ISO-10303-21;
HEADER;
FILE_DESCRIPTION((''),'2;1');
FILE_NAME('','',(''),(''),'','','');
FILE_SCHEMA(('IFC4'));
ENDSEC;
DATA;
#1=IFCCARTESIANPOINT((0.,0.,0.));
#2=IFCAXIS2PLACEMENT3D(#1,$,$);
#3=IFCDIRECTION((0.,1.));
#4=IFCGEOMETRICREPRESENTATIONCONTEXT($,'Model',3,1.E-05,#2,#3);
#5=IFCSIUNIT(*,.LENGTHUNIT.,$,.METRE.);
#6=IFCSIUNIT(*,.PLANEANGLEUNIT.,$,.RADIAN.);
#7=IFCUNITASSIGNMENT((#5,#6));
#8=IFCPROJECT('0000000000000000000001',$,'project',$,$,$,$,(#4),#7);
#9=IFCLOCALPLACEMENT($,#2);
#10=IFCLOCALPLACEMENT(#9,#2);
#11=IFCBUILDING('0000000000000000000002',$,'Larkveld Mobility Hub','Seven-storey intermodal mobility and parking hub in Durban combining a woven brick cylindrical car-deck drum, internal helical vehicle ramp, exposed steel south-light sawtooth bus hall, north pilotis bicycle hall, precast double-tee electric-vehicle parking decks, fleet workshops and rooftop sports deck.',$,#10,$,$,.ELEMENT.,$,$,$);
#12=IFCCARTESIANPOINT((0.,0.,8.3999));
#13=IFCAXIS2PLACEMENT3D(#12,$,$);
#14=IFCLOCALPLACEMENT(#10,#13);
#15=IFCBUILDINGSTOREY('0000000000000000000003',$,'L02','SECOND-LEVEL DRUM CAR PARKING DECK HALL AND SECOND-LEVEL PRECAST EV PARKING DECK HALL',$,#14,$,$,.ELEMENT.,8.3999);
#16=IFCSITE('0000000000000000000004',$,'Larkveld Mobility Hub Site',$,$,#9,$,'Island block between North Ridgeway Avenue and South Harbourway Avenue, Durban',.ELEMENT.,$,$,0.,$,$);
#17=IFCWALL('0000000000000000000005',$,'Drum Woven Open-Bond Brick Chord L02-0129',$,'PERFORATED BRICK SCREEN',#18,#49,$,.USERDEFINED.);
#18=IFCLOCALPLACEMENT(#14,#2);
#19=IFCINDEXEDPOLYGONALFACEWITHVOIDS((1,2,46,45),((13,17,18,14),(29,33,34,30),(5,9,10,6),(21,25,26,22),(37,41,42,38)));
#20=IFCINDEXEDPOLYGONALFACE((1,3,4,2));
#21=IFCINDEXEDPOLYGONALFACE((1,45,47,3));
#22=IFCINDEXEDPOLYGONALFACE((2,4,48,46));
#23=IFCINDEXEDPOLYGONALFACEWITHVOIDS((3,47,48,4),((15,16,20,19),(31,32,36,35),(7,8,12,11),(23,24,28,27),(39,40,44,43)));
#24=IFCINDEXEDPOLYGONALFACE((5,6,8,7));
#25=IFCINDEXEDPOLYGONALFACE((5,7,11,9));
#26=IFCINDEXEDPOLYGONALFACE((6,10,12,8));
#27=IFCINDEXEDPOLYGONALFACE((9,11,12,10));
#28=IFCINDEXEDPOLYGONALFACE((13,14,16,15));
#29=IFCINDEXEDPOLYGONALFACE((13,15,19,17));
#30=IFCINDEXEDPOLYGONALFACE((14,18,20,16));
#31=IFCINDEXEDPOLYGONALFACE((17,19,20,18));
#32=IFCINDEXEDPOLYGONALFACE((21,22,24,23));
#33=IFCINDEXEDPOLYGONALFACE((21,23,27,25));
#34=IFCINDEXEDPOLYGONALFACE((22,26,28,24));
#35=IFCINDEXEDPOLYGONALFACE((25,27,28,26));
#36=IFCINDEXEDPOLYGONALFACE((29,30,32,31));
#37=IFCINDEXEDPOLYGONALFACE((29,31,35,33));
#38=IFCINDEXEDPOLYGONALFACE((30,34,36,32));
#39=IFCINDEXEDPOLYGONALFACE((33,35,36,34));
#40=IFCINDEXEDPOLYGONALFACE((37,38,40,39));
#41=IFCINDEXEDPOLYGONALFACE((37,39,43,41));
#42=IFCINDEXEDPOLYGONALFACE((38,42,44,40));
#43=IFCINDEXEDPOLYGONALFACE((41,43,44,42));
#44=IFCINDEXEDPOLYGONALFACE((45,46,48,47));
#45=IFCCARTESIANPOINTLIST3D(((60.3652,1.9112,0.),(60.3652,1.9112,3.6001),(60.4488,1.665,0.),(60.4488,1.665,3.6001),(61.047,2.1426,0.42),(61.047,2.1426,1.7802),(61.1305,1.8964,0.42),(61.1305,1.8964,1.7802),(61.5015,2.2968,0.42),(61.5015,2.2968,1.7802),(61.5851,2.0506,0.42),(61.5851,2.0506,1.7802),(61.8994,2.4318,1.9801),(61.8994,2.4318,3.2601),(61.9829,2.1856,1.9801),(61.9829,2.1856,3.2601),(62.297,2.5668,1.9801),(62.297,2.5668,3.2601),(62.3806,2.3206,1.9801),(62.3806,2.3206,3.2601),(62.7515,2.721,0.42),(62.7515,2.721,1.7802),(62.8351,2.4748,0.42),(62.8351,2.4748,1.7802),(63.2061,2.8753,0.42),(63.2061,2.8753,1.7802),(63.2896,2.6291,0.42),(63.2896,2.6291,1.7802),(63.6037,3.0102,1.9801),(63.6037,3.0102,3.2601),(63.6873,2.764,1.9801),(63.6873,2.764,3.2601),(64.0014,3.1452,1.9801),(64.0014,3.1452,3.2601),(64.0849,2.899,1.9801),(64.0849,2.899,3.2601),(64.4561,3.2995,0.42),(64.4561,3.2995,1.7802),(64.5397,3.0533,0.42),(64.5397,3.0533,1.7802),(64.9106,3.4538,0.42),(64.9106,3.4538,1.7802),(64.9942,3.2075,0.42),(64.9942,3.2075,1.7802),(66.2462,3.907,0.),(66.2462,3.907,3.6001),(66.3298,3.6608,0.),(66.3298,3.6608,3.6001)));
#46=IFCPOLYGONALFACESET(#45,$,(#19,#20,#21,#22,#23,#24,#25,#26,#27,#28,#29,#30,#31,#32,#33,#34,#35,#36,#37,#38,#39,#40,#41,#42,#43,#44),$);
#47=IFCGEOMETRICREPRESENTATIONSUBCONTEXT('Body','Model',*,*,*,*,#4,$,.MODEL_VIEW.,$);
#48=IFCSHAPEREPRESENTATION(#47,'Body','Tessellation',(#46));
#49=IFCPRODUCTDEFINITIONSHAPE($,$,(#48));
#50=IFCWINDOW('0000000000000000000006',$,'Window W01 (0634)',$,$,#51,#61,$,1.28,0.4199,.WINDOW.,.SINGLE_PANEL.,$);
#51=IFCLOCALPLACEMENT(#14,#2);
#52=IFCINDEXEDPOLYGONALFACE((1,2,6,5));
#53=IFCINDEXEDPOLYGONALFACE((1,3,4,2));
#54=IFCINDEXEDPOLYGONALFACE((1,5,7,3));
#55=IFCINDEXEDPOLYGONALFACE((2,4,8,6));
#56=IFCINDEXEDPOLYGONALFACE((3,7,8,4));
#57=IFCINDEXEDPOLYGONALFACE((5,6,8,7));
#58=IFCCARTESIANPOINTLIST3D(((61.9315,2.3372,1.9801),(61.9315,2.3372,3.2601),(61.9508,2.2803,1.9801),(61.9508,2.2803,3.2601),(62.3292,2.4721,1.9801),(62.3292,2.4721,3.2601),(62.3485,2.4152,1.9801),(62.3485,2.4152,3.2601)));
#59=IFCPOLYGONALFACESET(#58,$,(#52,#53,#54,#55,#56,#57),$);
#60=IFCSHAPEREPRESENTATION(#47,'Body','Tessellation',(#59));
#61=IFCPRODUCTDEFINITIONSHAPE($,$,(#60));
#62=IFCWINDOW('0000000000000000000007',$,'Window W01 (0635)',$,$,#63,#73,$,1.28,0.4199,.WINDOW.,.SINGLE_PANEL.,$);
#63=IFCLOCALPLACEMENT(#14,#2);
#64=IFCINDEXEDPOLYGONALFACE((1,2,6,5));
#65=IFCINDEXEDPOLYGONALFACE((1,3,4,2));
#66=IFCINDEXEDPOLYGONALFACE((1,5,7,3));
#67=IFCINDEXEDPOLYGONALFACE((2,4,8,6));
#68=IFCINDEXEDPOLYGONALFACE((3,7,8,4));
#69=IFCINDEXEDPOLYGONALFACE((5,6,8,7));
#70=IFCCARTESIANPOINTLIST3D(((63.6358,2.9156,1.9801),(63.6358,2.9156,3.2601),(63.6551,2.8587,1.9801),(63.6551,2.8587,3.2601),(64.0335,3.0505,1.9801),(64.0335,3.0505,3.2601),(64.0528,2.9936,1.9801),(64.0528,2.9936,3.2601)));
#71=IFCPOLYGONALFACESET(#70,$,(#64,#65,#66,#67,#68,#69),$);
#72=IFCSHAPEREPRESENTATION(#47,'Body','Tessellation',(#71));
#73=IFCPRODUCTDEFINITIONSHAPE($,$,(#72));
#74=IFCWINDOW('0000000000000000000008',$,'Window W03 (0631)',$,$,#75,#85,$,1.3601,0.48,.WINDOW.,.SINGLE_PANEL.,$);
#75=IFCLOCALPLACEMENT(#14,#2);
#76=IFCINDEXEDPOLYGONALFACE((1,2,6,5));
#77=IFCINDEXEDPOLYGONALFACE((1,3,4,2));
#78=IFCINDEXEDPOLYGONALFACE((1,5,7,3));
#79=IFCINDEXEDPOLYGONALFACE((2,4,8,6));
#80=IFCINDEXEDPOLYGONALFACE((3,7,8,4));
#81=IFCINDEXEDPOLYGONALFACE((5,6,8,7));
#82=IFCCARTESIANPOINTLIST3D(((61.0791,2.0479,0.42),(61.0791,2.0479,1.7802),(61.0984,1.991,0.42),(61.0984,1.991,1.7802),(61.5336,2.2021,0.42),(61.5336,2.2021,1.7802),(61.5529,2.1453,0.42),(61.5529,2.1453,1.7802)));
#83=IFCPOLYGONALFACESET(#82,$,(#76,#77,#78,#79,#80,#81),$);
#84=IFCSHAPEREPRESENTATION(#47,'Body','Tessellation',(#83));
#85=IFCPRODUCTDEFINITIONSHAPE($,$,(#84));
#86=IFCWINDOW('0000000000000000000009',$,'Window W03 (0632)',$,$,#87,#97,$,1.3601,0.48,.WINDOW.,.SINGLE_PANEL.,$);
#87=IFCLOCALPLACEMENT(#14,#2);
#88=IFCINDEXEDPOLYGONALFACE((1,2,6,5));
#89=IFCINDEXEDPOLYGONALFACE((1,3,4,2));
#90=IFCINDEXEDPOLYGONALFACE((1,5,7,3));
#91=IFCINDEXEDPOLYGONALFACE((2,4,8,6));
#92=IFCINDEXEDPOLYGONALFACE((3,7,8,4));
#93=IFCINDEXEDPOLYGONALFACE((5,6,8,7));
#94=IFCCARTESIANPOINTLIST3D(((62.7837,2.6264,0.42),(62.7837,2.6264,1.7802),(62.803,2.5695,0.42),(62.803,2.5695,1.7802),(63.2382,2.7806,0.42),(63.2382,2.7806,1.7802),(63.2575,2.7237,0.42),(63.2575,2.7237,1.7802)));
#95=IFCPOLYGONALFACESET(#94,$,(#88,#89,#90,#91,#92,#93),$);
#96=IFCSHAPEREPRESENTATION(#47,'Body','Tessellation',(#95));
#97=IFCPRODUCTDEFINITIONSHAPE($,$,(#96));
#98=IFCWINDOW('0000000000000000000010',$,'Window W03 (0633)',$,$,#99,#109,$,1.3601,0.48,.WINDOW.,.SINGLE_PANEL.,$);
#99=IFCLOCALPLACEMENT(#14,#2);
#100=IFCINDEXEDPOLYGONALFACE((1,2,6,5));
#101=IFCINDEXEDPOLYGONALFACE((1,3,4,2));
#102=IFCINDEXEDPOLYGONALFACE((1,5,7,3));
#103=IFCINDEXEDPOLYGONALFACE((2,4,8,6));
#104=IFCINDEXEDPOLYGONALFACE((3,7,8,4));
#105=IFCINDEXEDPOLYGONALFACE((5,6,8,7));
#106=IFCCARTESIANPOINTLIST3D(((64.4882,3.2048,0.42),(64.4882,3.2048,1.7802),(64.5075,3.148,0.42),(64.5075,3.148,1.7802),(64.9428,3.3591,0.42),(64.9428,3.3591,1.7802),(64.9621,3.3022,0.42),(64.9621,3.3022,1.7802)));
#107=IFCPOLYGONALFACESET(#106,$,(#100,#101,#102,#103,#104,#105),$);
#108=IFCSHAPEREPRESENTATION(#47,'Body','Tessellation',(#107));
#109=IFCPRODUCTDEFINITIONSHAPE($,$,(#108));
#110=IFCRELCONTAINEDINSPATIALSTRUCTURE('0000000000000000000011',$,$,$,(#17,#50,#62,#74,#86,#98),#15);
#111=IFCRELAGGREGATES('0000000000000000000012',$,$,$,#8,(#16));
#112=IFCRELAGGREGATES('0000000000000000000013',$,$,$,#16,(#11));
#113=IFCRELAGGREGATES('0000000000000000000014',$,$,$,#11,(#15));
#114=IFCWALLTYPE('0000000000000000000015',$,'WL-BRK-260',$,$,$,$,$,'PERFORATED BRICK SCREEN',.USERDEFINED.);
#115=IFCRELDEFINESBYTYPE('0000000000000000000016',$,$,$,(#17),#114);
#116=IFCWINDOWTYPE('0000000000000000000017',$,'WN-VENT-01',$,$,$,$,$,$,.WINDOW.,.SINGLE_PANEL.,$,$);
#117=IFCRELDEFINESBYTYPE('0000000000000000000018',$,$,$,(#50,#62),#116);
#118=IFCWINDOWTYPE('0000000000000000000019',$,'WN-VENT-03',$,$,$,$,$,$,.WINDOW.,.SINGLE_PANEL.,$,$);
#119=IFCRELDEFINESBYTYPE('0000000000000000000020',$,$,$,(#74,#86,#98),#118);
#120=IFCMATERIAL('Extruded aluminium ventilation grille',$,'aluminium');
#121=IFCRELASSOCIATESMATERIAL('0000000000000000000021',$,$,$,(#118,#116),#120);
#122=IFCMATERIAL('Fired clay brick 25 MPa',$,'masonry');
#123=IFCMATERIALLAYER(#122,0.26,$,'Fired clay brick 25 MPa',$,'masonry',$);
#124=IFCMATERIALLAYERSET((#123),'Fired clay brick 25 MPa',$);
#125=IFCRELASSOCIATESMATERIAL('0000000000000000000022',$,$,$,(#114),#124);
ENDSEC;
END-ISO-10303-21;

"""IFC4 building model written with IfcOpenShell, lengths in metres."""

from ifc_helpers import new_model, si_unit, direction, frame, frame_2d, origin, place, context, subcontext, project, spatial, rectangle, extrude, material, layer, layer_set, type_object, element, fill, save


model = new_model("IFC4")

# Units and contexts
model_context = context("Model", 3, precision=1e-05, world=origin(), true_north=direction((0.0, 1.0)))
body_context = subcontext(model_context, "Body", "Model", "MODEL_VIEW")
ifc_project = project(units=[si_unit("LENGTHUNIT", "METRE"), si_unit("PLANEANGLEUNIT", "RADIAN")], contexts=[model_context])

# Site, building, storey
site_placement = place(None, origin())
site = spatial("IfcSite", under=ifc_project, at=site_placement, Name="Larkveld Mobility Hub Site", LongName="Island block between North Ridgeway Avenue and South Harbourway Avenue, Durban", CompositionType="ELEMENT", RefElevation=0.0)
building_placement = place(site_placement, origin())
building = spatial("IfcBuilding", under=site, at=building_placement, Name="Larkveld Mobility Hub", Description="Seven-storey intermodal mobility and parking hub in Durban combining a woven brick cylindrical car-deck drum, internal helical vehicle ramp, exposed steel south-light sawtooth bus hall, north pilotis bicycle hall, precast double-tee electric-vehicle parking decks, fleet workshops and rooftop sports deck.", CompositionType="ELEMENT")
storey_placement = place(building_placement, frame((0.0, 0.0, 8.3999)))
storey = spatial("IfcBuildingStorey", under=building, at=storey_placement, Name="L02", Description="SECOND-LEVEL DRUM CAR PARKING DECK HALL AND SECOND-LEVEL PRECAST EV PARKING DECK HALL", CompositionType="ELEMENT", Elevation=8.3999)

# Wall, openings, windows
ifc_material_1 = material(Name="Fired clay brick 25 MPa", Category="masonry")
ifc_material_2 = material(Name="Extruded aluminium ventilation grille", Category="aluminium")
window_type_1 = type_object("IfcWindowType", Name="WN-VENT-03", PartitioningType="SINGLE_PANEL", PredefinedType="WINDOW", material=ifc_material_2)
ifc_layer_1 = layer(ifc_material_1, 0.26, Name="Fired clay brick 25 MPa", Category="masonry")
ifc_layer_set_1 = layer_set([ifc_layer_1], Name="Fired clay brick 25 MPa")
wall_type_1 = type_object("IfcWallType", Name="WL-BRK-260", ElementType="PERFORATED BRICK SCREEN", PredefinedType="USERDEFINED", material=ifc_layer_set_1)
wall_1_placement = place(storey_placement, frame((60.407, 1.7881, 0.0), z_axis=(0.0, 0.0, 1.0), x_axis=(0.946955, 0.321365, 0.0)))
wall_1 = element("IfcWall", 1, at=wall_1_placement, inside=storey, type_object=wall_type_1, Name="Drum Woven Open-Bond Brick Chord L02-0129", ObjectType="PERFORATED BRICK SCREEN", PredefinedType="USERDEFINED", context=body_context, shape_type="SweptSolid", body=[
    extrude(rectangle(XDim=6.2104, YDim=0.26, at=frame_2d((3.1052, 0.0))), origin(), (0.0, 0.0, 1.0), 3.6001),
])
opening_1_placement = place(wall_1_placement, frame((0.72, 0.0, 0.4199)))
opening_1 = element("IfcOpeningElement", 2, at=opening_1_placement, cuts=wall_1, PredefinedType="OPENING", context=body_context, shape_type="SweptSolid", body=[
    extrude(rectangle(XDim=0.48, YDim=1.3601, at=frame_2d((0.24, 0.6802))), frame((0.0, 0.1401, 0.0), z_axis=(0.0, -1.0, 0.0), x_axis=(1.0, 0.0, 0.0)), (0.0, 0.0, 1.0), 0.28),
])
opening_2_placement = place(wall_1_placement, frame((2.52, 0.0, 0.4199)))
opening_2 = element("IfcOpeningElement", 3, at=opening_2_placement, cuts=wall_1, PredefinedType="OPENING", context=body_context, shape_type="SweptSolid", body=[
    extrude(rectangle(XDim=0.48, YDim=1.3601, at=frame_2d((0.24, 0.6802))), frame((0.0, 0.1401, 0.0), z_axis=(0.0, -1.0, 0.0), x_axis=(1.0, 0.0, 0.0)), (0.0, 0.0, 1.0), 0.28),
])
opening_3_placement = place(wall_1_placement, frame((4.3201, 0.0, 0.4199)))
opening_3 = element("IfcOpeningElement", 4, at=opening_3_placement, cuts=wall_1, PredefinedType="OPENING", context=body_context, shape_type="SweptSolid", body=[
    extrude(rectangle(XDim=0.48, YDim=1.3601, at=frame_2d((0.24, 0.6802))), frame((0.0, 0.1401, 0.0), z_axis=(0.0, -1.0, 0.0), x_axis=(1.0, 0.0, 0.0)), (0.0, 0.0, 1.0), 0.28),
])
opening_4_placement = place(wall_1_placement, frame((1.6201, 0.0, 1.98)))
opening_4 = element("IfcOpeningElement", 5, at=opening_4_placement, cuts=wall_1, PredefinedType="OPENING", context=body_context, shape_type="SweptSolid", body=[
    extrude(rectangle(XDim=0.4199, YDim=1.28, at=frame_2d((0.21, 0.6401))), frame((0.0, 0.1401, 0.0), z_axis=(0.0, -1.0, 0.0), x_axis=(1.0, 0.0, 0.0)), (0.0, 0.0, 1.0), 0.28),
])
opening_5_placement = place(wall_1_placement, frame((3.4199, 0.0, 1.98)))
opening_5 = element("IfcOpeningElement", 6, at=opening_5_placement, cuts=wall_1, PredefinedType="OPENING", context=body_context, shape_type="SweptSolid", body=[
    extrude(rectangle(XDim=0.4199, YDim=1.28, at=frame_2d((0.21, 0.6401))), frame((0.0, 0.1401, 0.0), z_axis=(0.0, -1.0, 0.0), x_axis=(1.0, 0.0, 0.0)), (0.0, 0.0, 1.0), 0.28),
])
window_type_2 = type_object("IfcWindowType", Name="WN-VENT-01", PartitioningType="SINGLE_PANEL", PredefinedType="WINDOW", material=ifc_material_2)
window_1_placement = place(opening_4_placement, origin())
window_1 = element("IfcWindow", 7, at=window_1_placement, inside=storey, type_object=window_type_2, Name="Window W01 (0634)", OverallHeight=1.28, OverallWidth=0.4199, PartitioningType="SINGLE_PANEL", PredefinedType="WINDOW", context=body_context, shape_type="SweptSolid", body=[
    extrude(rectangle(XDim=0.4199, YDim=1.28, at=frame_2d((0.21, 0.6401))), frame((0.0, 0.03, 0.0), z_axis=(0.0, -1.0, 0.0), x_axis=(1.0, 0.0, 0.0)), (0.0, 0.0, 1.0), 0.0601),
])
fill(opening_4, window_1)
window_2_placement = place(opening_5_placement, origin())
window_2 = element("IfcWindow", 8, at=window_2_placement, inside=storey, type_object=window_type_2, Name="Window W01 (0635)", OverallHeight=1.28, OverallWidth=0.4199, PartitioningType="SINGLE_PANEL", PredefinedType="WINDOW", context=body_context, shape_type="SweptSolid", body=[
    extrude(rectangle(XDim=0.4199, YDim=1.28, at=frame_2d((0.21, 0.6401))), frame((0.0, 0.03, 0.0), z_axis=(0.0, -1.0, 0.0), x_axis=(1.0, 0.0, 0.0)), (0.0, 0.0, 1.0), 0.0601),
])
fill(opening_5, window_2)
window_3_placement = place(opening_1_placement, origin())
window_3 = element("IfcWindow", 9, at=window_3_placement, inside=storey, type_object=window_type_1, Name="Window W03 (0631)", OverallHeight=1.3601, OverallWidth=0.48, PartitioningType="SINGLE_PANEL", PredefinedType="WINDOW", context=body_context, shape_type="SweptSolid", body=[
    extrude(rectangle(XDim=0.48, YDim=1.3601, at=frame_2d((0.24, 0.6802))), frame((0.0, 0.03, 0.0), z_axis=(0.0, -1.0, 0.0), x_axis=(1.0, 0.0, 0.0)), (0.0, 0.0, 1.0), 0.0601),
])
fill(opening_1, window_3)
window_4_placement = place(opening_2_placement, origin())
window_4 = element("IfcWindow", 10, at=window_4_placement, inside=storey, type_object=window_type_1, Name="Window W03 (0632)", OverallHeight=1.3601, OverallWidth=0.48, PartitioningType="SINGLE_PANEL", PredefinedType="WINDOW", context=body_context, shape_type="SweptSolid", body=[
    extrude(rectangle(XDim=0.48, YDim=1.3601, at=frame_2d((0.24, 0.6802))), frame((0.0, 0.03, 0.0), z_axis=(0.0, -1.0, 0.0), x_axis=(1.0, 0.0, 0.0)), (0.0, 0.0, 1.0), 0.0601),
])
fill(opening_2, window_4)
window_5_placement = place(opening_3_placement, origin())
window_5 = element("IfcWindow", 11, at=window_5_placement, inside=storey, type_object=window_type_1, Name="Window W03 (0633)", OverallHeight=1.3601, OverallWidth=0.48, PartitioningType="SINGLE_PANEL", PredefinedType="WINDOW", context=body_context, shape_type="SweptSolid", body=[
    extrude(rectangle(XDim=0.48, YDim=1.3601, at=frame_2d((0.24, 0.6802))), frame((0.0, 0.03, 0.0), z_axis=(0.0, -1.0, 0.0), x_axis=(1.0, 0.0, 0.0)), (0.0, 0.0, 1.0), 0.0601),
])
fill(opening_3, window_5)

save(model, "model.ifc")
